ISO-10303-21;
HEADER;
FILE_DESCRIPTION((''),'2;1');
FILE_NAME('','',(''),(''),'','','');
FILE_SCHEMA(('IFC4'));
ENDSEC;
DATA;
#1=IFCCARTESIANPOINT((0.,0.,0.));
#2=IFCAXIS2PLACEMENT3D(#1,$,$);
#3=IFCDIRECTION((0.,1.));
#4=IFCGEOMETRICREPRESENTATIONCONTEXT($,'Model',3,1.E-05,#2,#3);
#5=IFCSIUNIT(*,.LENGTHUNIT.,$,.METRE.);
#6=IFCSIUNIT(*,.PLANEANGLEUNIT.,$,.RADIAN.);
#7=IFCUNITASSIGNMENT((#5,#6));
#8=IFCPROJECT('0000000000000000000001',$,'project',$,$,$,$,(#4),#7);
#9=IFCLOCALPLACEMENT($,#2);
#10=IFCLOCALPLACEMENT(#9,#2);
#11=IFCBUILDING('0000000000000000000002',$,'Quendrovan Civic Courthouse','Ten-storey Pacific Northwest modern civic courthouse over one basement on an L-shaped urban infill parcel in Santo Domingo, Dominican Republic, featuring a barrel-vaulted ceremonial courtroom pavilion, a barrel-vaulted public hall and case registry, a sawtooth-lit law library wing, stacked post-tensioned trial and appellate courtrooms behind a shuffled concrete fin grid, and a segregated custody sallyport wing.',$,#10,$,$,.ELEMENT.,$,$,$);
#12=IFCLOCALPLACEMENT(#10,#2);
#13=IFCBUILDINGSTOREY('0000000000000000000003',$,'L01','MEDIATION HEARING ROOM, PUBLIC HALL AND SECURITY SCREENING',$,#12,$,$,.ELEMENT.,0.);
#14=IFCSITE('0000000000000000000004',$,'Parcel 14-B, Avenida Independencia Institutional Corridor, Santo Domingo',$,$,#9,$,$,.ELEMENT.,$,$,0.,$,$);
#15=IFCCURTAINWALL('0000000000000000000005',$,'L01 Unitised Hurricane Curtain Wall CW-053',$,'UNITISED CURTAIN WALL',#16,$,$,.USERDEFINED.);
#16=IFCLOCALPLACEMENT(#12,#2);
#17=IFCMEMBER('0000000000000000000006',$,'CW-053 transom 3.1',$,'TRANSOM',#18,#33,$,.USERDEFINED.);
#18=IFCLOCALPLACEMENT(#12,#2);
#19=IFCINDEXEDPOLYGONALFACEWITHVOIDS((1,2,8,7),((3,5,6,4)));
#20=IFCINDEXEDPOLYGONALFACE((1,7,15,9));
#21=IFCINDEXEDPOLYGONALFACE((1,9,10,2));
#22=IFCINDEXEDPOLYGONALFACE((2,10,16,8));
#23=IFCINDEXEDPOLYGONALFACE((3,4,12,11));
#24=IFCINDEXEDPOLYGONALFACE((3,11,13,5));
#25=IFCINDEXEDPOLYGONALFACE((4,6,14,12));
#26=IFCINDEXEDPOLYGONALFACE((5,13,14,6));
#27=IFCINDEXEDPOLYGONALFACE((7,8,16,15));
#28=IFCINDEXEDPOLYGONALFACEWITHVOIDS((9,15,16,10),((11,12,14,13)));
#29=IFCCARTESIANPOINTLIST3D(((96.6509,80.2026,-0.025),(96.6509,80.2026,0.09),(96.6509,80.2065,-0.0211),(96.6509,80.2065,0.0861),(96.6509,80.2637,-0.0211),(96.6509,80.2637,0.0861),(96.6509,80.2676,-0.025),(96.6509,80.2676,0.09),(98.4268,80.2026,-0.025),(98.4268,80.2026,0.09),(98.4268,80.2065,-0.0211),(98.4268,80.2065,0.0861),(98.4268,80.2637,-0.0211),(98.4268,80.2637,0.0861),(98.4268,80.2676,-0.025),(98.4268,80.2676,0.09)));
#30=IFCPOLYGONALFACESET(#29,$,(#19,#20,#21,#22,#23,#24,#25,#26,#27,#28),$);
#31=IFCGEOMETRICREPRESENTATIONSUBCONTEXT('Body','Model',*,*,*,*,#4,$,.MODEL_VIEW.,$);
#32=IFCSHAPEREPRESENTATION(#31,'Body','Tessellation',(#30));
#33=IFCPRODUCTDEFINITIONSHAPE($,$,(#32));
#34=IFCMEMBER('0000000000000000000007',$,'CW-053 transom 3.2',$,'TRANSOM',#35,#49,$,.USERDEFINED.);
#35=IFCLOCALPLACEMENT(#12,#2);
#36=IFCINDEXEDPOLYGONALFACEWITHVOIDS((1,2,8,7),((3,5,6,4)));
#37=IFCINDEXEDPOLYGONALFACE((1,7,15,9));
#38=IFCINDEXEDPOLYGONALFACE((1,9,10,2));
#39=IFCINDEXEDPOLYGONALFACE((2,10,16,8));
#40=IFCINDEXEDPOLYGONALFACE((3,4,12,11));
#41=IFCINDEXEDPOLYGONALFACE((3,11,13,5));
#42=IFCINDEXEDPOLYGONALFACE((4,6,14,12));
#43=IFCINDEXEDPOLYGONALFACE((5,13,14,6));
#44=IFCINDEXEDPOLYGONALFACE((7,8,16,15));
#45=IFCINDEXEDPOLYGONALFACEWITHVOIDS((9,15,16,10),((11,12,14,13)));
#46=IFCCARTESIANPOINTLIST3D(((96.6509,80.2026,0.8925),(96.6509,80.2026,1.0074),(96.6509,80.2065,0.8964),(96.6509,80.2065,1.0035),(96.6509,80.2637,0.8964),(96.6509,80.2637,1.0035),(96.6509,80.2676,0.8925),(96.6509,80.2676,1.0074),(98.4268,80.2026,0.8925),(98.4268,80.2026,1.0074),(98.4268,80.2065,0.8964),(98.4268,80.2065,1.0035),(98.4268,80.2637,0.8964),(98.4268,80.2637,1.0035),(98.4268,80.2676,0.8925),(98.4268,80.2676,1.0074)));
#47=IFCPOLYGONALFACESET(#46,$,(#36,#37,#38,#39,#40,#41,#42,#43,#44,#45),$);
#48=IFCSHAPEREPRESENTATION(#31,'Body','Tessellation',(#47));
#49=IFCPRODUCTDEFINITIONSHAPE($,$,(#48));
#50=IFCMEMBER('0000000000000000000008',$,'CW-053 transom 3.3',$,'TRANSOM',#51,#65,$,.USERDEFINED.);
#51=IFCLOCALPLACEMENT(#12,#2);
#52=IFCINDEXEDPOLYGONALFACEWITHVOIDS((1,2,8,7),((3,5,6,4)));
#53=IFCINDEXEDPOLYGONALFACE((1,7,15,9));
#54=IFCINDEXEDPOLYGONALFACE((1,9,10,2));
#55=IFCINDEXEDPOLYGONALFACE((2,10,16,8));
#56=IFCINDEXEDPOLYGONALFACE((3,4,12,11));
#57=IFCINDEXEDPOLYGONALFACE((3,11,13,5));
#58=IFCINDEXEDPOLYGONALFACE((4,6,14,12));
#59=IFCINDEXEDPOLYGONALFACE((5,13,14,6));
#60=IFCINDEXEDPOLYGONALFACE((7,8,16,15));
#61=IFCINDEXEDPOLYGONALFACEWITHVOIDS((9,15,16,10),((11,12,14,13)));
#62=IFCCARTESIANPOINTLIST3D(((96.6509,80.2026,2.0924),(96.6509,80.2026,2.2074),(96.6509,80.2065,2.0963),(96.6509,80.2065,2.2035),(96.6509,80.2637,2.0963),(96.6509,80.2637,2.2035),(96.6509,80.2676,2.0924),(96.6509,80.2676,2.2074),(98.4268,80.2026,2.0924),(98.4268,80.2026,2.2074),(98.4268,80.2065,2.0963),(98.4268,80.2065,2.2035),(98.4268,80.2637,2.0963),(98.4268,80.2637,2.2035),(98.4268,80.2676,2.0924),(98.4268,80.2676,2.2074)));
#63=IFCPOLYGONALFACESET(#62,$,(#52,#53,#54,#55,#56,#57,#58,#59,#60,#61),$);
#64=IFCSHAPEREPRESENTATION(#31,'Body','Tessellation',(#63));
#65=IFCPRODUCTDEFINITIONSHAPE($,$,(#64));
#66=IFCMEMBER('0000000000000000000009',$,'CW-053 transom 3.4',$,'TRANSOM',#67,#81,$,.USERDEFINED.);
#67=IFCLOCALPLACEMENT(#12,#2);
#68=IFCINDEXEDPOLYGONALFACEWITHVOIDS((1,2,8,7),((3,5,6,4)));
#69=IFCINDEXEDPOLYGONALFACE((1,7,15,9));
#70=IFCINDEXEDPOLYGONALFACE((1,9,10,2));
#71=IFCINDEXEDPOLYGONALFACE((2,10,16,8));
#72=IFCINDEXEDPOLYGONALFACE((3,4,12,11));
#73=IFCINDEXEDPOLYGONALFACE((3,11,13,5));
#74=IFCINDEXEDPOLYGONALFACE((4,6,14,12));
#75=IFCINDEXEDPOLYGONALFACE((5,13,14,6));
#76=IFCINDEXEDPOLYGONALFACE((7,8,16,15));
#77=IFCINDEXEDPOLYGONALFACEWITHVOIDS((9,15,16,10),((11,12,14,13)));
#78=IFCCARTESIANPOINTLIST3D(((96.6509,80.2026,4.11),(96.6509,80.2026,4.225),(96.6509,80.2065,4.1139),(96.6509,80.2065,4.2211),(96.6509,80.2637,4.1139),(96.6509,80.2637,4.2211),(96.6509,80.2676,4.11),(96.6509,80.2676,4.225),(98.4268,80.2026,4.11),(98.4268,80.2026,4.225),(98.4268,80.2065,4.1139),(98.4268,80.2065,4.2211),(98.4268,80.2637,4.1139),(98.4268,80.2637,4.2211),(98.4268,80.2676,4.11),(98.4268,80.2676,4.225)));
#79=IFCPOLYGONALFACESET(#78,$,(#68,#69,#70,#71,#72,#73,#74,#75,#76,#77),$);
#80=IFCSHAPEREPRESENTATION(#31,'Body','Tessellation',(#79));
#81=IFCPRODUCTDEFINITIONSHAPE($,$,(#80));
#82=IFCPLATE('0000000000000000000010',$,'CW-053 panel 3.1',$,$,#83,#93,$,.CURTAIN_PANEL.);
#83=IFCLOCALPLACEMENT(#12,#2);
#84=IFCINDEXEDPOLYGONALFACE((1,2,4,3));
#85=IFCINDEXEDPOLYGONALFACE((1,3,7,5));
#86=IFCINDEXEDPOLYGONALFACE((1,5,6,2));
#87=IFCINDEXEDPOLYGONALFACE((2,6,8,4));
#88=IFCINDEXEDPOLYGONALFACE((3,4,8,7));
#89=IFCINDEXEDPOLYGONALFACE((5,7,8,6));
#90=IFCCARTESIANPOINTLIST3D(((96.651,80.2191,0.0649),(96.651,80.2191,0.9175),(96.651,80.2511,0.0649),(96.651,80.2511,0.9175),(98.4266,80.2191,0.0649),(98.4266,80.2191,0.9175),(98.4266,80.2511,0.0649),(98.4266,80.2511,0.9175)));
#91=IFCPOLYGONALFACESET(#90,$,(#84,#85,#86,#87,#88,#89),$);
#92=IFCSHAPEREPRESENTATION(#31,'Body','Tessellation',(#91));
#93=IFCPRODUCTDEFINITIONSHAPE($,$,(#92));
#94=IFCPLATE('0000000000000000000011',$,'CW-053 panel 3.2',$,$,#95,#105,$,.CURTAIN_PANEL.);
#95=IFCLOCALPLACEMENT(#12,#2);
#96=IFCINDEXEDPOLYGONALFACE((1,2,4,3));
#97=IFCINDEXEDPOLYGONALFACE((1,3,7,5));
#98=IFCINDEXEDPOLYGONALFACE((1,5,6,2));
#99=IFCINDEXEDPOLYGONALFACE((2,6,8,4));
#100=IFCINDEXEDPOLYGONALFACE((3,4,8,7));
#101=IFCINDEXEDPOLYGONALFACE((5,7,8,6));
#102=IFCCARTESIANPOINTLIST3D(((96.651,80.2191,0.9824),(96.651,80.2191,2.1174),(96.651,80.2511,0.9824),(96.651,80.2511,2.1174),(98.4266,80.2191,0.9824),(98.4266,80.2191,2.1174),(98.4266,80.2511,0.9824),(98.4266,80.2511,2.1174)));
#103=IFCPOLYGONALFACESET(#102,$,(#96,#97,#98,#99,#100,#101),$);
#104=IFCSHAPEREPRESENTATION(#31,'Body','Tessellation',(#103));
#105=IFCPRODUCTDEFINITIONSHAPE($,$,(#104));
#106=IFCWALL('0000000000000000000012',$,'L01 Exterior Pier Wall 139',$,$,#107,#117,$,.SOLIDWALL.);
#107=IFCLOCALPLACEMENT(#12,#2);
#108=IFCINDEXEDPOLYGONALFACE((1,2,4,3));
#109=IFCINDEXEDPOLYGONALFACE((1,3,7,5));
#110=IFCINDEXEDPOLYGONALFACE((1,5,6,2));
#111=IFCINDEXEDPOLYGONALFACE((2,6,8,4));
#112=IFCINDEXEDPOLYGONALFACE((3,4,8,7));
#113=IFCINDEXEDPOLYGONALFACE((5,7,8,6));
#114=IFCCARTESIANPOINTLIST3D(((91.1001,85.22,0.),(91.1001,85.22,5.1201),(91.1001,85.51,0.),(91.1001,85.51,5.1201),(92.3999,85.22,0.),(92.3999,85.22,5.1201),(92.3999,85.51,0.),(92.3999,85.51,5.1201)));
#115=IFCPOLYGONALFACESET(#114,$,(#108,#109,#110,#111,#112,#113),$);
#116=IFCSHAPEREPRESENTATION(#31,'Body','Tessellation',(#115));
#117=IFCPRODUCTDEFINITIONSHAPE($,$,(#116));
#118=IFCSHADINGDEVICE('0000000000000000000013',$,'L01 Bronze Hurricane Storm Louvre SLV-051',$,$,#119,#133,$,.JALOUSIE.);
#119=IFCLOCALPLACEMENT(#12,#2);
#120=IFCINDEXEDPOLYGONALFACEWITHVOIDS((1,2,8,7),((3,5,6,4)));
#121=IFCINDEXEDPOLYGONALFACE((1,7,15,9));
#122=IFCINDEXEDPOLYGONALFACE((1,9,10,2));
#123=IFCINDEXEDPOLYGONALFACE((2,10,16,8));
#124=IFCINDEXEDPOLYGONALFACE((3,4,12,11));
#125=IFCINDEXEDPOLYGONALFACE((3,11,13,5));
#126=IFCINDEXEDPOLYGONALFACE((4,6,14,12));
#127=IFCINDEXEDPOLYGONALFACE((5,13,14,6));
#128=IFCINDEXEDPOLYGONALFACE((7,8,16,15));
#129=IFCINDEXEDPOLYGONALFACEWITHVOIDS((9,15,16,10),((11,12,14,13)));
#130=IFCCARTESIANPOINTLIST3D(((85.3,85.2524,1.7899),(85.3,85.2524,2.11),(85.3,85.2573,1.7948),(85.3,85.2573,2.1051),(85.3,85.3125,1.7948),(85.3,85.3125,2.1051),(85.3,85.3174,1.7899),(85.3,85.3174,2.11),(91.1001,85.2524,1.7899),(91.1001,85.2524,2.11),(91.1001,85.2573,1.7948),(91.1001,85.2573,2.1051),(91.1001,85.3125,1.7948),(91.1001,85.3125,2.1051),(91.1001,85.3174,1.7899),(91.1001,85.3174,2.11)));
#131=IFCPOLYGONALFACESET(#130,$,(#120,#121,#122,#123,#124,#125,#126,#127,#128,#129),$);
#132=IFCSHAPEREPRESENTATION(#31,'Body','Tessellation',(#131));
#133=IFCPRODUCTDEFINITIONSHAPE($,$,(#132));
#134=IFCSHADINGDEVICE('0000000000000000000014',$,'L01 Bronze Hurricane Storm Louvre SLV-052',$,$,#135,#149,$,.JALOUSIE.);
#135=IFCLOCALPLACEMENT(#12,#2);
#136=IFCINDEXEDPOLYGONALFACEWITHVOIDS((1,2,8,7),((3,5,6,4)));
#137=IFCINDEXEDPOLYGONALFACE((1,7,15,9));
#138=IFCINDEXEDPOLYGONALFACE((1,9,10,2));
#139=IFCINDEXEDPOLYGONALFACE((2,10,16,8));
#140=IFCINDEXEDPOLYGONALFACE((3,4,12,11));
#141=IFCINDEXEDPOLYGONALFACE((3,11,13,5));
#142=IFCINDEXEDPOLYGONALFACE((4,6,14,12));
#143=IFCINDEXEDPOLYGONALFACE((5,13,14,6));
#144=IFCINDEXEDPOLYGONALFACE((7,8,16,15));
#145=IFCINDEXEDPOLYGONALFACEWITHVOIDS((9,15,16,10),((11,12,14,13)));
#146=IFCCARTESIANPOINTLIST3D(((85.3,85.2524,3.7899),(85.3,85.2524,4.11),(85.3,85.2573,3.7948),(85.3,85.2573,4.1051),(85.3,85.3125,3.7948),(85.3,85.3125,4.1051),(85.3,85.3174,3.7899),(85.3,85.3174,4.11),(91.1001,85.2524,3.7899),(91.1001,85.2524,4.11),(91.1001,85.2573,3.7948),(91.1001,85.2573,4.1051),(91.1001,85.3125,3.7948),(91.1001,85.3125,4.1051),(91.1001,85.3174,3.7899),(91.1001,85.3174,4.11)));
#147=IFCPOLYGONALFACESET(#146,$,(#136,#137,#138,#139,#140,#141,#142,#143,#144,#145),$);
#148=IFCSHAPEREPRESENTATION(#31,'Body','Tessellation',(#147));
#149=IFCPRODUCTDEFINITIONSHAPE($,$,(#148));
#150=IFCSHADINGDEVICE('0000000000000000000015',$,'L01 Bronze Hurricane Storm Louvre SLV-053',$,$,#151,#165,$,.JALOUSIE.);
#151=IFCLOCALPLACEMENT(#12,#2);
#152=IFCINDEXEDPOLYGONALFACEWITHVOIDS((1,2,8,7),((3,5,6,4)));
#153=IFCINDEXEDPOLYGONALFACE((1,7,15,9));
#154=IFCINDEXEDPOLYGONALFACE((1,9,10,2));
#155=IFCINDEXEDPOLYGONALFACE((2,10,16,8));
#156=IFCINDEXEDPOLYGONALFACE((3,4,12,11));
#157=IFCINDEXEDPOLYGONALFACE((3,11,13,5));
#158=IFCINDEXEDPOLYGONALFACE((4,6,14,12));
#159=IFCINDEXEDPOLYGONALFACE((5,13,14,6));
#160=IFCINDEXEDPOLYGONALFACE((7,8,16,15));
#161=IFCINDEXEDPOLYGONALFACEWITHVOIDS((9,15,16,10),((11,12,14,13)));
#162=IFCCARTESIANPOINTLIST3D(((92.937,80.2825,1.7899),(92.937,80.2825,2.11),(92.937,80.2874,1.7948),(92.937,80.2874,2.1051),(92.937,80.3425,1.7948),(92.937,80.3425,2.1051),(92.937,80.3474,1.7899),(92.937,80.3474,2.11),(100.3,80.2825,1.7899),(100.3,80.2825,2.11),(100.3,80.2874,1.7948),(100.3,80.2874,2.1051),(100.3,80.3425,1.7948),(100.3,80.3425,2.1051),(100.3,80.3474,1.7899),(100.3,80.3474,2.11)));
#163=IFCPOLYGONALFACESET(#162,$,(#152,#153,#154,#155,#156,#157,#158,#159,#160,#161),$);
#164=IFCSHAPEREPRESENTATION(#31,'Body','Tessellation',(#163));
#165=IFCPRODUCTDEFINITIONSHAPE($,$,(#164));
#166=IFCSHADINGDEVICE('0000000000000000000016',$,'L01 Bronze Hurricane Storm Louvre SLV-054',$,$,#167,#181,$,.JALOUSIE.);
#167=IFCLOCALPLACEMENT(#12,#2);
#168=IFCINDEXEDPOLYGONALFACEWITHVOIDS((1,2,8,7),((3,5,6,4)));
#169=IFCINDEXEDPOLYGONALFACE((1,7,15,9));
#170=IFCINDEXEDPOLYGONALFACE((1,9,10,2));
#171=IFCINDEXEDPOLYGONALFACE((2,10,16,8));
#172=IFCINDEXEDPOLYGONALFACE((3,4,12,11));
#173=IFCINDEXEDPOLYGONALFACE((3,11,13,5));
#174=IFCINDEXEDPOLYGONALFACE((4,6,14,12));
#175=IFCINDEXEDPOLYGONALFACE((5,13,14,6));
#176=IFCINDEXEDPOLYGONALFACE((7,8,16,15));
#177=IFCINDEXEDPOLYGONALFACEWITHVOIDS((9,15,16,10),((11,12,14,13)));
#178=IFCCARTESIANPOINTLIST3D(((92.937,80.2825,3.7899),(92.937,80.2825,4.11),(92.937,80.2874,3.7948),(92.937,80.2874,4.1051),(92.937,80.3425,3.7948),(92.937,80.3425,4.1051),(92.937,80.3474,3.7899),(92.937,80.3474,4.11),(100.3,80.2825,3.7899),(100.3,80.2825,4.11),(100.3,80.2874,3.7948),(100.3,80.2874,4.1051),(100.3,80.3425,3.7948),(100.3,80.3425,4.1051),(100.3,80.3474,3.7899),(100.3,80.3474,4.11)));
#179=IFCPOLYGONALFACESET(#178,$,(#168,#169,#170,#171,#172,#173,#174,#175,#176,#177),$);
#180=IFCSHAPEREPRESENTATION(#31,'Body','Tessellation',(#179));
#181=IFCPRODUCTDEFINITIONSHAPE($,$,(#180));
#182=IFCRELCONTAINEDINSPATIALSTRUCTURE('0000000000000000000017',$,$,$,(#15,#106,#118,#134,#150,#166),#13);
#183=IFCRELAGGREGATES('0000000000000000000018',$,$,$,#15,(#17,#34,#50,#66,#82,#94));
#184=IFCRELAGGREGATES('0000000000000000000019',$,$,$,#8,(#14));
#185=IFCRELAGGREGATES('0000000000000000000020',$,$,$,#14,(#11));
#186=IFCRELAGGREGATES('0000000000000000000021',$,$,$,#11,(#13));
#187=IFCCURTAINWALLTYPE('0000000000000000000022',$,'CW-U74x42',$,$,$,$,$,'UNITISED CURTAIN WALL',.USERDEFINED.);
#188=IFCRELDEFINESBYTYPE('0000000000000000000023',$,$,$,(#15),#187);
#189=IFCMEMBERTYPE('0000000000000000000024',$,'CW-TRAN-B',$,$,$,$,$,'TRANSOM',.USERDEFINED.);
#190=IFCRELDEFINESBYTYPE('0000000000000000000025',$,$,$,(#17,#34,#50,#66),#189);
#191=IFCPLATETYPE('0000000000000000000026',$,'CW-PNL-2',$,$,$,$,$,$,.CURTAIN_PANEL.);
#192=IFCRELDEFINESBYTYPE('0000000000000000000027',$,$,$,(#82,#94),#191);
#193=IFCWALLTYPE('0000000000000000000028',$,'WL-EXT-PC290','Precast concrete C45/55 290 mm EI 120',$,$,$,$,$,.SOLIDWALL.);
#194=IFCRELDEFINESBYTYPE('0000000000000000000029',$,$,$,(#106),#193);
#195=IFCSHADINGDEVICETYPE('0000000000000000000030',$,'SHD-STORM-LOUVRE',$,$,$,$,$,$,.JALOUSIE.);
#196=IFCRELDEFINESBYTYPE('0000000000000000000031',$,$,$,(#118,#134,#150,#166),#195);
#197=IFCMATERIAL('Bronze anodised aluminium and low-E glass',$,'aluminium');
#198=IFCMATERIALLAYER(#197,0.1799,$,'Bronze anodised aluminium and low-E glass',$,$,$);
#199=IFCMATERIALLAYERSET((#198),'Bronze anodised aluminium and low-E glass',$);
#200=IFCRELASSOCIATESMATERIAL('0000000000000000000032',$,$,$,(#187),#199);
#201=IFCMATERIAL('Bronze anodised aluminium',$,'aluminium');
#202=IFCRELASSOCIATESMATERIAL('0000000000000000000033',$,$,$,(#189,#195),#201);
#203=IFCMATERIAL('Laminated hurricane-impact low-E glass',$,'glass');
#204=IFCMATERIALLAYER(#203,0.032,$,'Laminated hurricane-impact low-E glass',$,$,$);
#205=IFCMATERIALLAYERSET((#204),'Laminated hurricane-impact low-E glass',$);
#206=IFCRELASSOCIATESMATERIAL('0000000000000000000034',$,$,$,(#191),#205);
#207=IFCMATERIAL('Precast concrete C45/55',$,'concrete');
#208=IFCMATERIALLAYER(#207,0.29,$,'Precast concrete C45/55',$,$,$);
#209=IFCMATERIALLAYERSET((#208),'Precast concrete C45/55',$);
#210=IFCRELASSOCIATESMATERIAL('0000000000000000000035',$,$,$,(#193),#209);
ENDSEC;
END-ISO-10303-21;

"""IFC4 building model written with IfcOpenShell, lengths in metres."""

from ifc_helpers import new_model, si_unit, direction, frame, frame_2d, origin, origin_2d, place, context, subcontext, project, spatial, rectangle, hollow_rectangle, extrude, material, layer, layer_set, material_profile, profile_set, type_object, element, aggregate, save


model = new_model("IFC4")

# Units and contexts
model_context = context("Model", 3, precision=1e-05, world=origin(), true_north=direction((0.0, 1.0)))
body_context = subcontext(model_context, "Body", "Model", "MODEL_VIEW")
ifc_project = project(units=[si_unit("LENGTHUNIT", "METRE"), si_unit("PLANEANGLEUNIT", "RADIAN")], contexts=[model_context])

# Site, building, storey
site_placement = place(None, origin())
site = spatial("IfcSite", under=ifc_project, at=site_placement, Name="Parcel 14-B, Avenida Independencia Institutional Corridor, Santo Domingo", CompositionType="ELEMENT", RefElevation=0.0)
building_placement = place(site_placement, origin())
building = spatial("IfcBuilding", under=site, at=building_placement, Name="Quendrovan Civic Courthouse", Description="Ten-storey Pacific Northwest modern civic courthouse over one basement on an L-shaped urban infill parcel in Santo Domingo, Dominican Republic, featuring a barrel-vaulted ceremonial courtroom pavilion, a barrel-vaulted public hall and case registry, a sawtooth-lit law library wing, stacked post-tensioned trial and appellate courtrooms behind a shuffled concrete fin grid, and a segregated custody sallyport wing.", CompositionType="ELEMENT")
storey_placement = place(building_placement, origin())
storey = spatial("IfcBuildingStorey", under=building, at=storey_placement, Name="L01", Description="MEDIATION HEARING ROOM, PUBLIC HALL AND SECURITY SCREENING", CompositionType="ELEMENT", Elevation=0.0)

# Curtain wall
ifc_material_1 = material(Name="Bronze anodised aluminium and low-E glass", Category="aluminium")
ifc_material_2 = material(Name="Bronze anodised aluminium", Category="aluminium")
ifc_layer_1 = layer(ifc_material_1, 0.1799, Name="Bronze anodised aluminium and low-E glass")
ifc_layer_set_1 = layer_set([ifc_layer_1], Name="Bronze anodised aluminium and low-E glass")
curtain_wall_type_1 = type_object("IfcCurtainWallType", Name="CW-U74x42", ElementType="UNITISED CURTAIN WALL", PredefinedType="USERDEFINED", material=ifc_layer_set_1)
curtain_wall_1_placement = place(storey_placement, origin())
curtain_wall_1 = element("IfcCurtainWall", 1, at=curtain_wall_1_placement, inside=storey, type_object=curtain_wall_type_1, Name="L01 Unitised Hurricane Curtain Wall CW-053", ObjectType="UNITISED CURTAIN WALL", PredefinedType="USERDEFINED")

# Members
ifc_material_profile_1 = material_profile(ifc_material_2, hollow_rectangle(XDim=0.0649, YDim=0.115, WallThickness=0.0039, at=origin_2d()), Name="CW-TRAN-65x115")
ifc_profile_set_1 = profile_set([ifc_material_profile_1], Name="Bronze anodised aluminium")
member_type_1 = type_object("IfcMemberType", Name="CW-TRAN-B", ElementType="TRANSOM", PredefinedType="USERDEFINED", material=ifc_profile_set_1)
member_1_placement = place(storey_placement, frame((96.6509, 80.2351, 0.0325), z_axis=(1.0, 0.0, 0.0), x_axis=(0.0, 1.0, 0.0)))
member_1 = element("IfcMember", 2, at=member_1_placement, type_object=member_type_1, Name="CW-053 transom 3.1", ObjectType="TRANSOM", PredefinedType="USERDEFINED", context=body_context, shape_type="SweptSolid", body=[
    extrude(hollow_rectangle(XDim=0.0649, YDim=0.115, WallThickness=0.0039, at=origin_2d()), origin(), (0.0, 0.0, 1.0), 1.7759),
])
member_2_placement = place(storey_placement, frame((96.6509, 80.2351, 0.95), z_axis=(1.0, 0.0, 0.0), x_axis=(0.0, 1.0, 0.0)))
member_2 = element("IfcMember", 3, at=member_2_placement, type_object=member_type_1, Name="CW-053 transom 3.2", ObjectType="TRANSOM", PredefinedType="USERDEFINED", context=body_context, shape_type="SweptSolid", body=[
    extrude(hollow_rectangle(XDim=0.0649, YDim=0.115, WallThickness=0.0039, at=origin_2d()), origin(), (0.0, 0.0, 1.0), 1.7759),
])
member_3_placement = place(storey_placement, frame((96.6509, 80.2351, 2.1499), z_axis=(1.0, 0.0, 0.0), x_axis=(0.0, 1.0, 0.0)))
member_3 = element("IfcMember", 4, at=member_3_placement, type_object=member_type_1, Name="CW-053 transom 3.3", ObjectType="TRANSOM", PredefinedType="USERDEFINED", context=body_context, shape_type="SweptSolid", body=[
    extrude(hollow_rectangle(XDim=0.0649, YDim=0.115, WallThickness=0.0039, at=origin_2d()), origin(), (0.0, 0.0, 1.0), 1.7759),
])
member_4_placement = place(storey_placement, frame((96.6509, 80.2351, 4.1675), z_axis=(1.0, 0.0, 0.0), x_axis=(0.0, 1.0, 0.0)))
member_4 = element("IfcMember", 5, at=member_4_placement, type_object=member_type_1, Name="CW-053 transom 3.4", ObjectType="TRANSOM", PredefinedType="USERDEFINED", context=body_context, shape_type="SweptSolid", body=[
    extrude(hollow_rectangle(XDim=0.0649, YDim=0.115, WallThickness=0.0039, at=origin_2d()), origin(), (0.0, 0.0, 1.0), 1.7759),
])

# Plates
ifc_material_3 = material(Name="Laminated hurricane-impact low-E glass", Category="glass")
ifc_layer_2 = layer(ifc_material_3, 0.032, Name="Laminated hurricane-impact low-E glass")
ifc_layer_set_2 = layer_set([ifc_layer_2], Name="Laminated hurricane-impact low-E glass")
plate_type = type_object("IfcPlateType", Name="CW-PNL-2", PredefinedType="CURTAIN_PANEL", material=ifc_layer_set_2)
plate_1_placement = place(storey_placement, frame((97.5388, 80.2351, 0.0649), z_axis=(0.0, 0.0, 1.0), x_axis=(1.0, 0.0, 0.0)))
plate_1 = element("IfcPlate", 6, at=plate_1_placement, type_object=plate_type, Name="CW-053 panel 3.1", PredefinedType="CURTAIN_PANEL", context=body_context, shape_type="SweptSolid", body=[
    extrude(rectangle(XDim=1.7756, YDim=0.032, at=origin_2d()), origin(), (0.0, 0.0, 1.0), 0.8525),
])
plate_2_placement = place(storey_placement, frame((97.5388, 80.2351, 0.9824), z_axis=(0.0, 0.0, 1.0), x_axis=(1.0, 0.0, 0.0)))
plate_2 = element("IfcPlate", 7, at=plate_2_placement, type_object=plate_type, Name="CW-053 panel 3.2", PredefinedType="CURTAIN_PANEL", context=body_context, shape_type="SweptSolid", body=[
    extrude(rectangle(XDim=1.7756, YDim=0.032, at=origin_2d()), origin(), (0.0, 0.0, 1.0), 1.135),
])
aggregate(curtain_wall_1, [member_1, member_2, member_3, member_4, plate_1, plate_2])

# Wall
ifc_material_4 = material(Name="Precast concrete C45/55", Category="concrete")
ifc_layer_3 = layer(ifc_material_4, 0.29, Name="Precast concrete C45/55")
ifc_layer_set_3 = layer_set([ifc_layer_3], Name="Precast concrete C45/55")
wall_type = type_object("IfcWallType", Name="WL-EXT-PC290", Description="Precast concrete C45/55 290 mm EI 120", PredefinedType="SOLIDWALL", material=ifc_layer_set_3)
wall_placement = place(storey_placement, frame((92.3999, 85.365, 0.0), z_axis=(0.0, 0.0, 1.0), x_axis=(-1.0, 0.0, 0.0)))
element("IfcWall", 8, at=wall_placement, inside=storey, type_object=wall_type, Name="L01 Exterior Pier Wall 139", PredefinedType="SOLIDWALL", context=body_context, shape_type="SweptSolid", body=[
    extrude(rectangle(XDim=1.2998, YDim=0.29, at=frame_2d((0.6499, 0.0))), origin(), (0.0, 0.0, 1.0), 5.1201),
])

# Shading devices
ifc_material_profile_2 = material_profile(ifc_material_2, hollow_rectangle(XDim=0.0649, YDim=0.3201, WallThickness=0.0049, at=origin_2d()), Name="AL-LOUVRE-65x320")
ifc_profile_set_2 = profile_set([ifc_material_profile_2], Name="Bronze anodised aluminium")
shading_device_type = type_object("IfcShadingDeviceType", Name="SHD-STORM-LOUVRE", PredefinedType="JALOUSIE", material=ifc_profile_set_2)
for number, where, z_axis, x_axis, name in (
    (9, (91.1001, 85.2849, 1.95), (-1.0, 0.0, 0.0), (0.0, -1.0, 0.0), "L01 Bronze Hurricane Storm Louvre SLV-051"),
    (10, (91.1001, 85.2849, 3.95), (-1.0, 0.0, 0.0), (0.0, -1.0, 0.0), "L01 Bronze Hurricane Storm Louvre SLV-052"),
):
    element("IfcShadingDevice", number, at=place(storey_placement, frame(where, z_axis=z_axis, x_axis=x_axis)), inside=storey, type_object=shading_device_type, Name=name, PredefinedType="JALOUSIE", context=body_context, shape_type="SweptSolid", body=[
        extrude(hollow_rectangle(XDim=0.0649, YDim=0.3201, WallThickness=0.0049, at=origin_2d()), origin(), (0.0, 0.0, 1.0), 5.8),
    ])
for number, where, z_axis, x_axis, name in (
    (11, (92.937, 80.3149, 1.95), (1.0, 0.0, 0.0), (0.0, 1.0, 0.0), "L01 Bronze Hurricane Storm Louvre SLV-053"),
    (12, (92.937, 80.3149, 3.95), (1.0, 0.0, 0.0), (0.0, 1.0, 0.0), "L01 Bronze Hurricane Storm Louvre SLV-054"),
):
    element("IfcShadingDevice", number, at=place(storey_placement, frame(where, z_axis=z_axis, x_axis=x_axis)), inside=storey, type_object=shading_device_type, Name=name, PredefinedType="JALOUSIE", context=body_context, shape_type="SweptSolid", body=[
        extrude(hollow_rectangle(XDim=0.0649, YDim=0.3201, WallThickness=0.0049, at=origin_2d()), origin(), (0.0, 0.0, 1.0), 7.363),
    ])

save(model, "model.ifc")
